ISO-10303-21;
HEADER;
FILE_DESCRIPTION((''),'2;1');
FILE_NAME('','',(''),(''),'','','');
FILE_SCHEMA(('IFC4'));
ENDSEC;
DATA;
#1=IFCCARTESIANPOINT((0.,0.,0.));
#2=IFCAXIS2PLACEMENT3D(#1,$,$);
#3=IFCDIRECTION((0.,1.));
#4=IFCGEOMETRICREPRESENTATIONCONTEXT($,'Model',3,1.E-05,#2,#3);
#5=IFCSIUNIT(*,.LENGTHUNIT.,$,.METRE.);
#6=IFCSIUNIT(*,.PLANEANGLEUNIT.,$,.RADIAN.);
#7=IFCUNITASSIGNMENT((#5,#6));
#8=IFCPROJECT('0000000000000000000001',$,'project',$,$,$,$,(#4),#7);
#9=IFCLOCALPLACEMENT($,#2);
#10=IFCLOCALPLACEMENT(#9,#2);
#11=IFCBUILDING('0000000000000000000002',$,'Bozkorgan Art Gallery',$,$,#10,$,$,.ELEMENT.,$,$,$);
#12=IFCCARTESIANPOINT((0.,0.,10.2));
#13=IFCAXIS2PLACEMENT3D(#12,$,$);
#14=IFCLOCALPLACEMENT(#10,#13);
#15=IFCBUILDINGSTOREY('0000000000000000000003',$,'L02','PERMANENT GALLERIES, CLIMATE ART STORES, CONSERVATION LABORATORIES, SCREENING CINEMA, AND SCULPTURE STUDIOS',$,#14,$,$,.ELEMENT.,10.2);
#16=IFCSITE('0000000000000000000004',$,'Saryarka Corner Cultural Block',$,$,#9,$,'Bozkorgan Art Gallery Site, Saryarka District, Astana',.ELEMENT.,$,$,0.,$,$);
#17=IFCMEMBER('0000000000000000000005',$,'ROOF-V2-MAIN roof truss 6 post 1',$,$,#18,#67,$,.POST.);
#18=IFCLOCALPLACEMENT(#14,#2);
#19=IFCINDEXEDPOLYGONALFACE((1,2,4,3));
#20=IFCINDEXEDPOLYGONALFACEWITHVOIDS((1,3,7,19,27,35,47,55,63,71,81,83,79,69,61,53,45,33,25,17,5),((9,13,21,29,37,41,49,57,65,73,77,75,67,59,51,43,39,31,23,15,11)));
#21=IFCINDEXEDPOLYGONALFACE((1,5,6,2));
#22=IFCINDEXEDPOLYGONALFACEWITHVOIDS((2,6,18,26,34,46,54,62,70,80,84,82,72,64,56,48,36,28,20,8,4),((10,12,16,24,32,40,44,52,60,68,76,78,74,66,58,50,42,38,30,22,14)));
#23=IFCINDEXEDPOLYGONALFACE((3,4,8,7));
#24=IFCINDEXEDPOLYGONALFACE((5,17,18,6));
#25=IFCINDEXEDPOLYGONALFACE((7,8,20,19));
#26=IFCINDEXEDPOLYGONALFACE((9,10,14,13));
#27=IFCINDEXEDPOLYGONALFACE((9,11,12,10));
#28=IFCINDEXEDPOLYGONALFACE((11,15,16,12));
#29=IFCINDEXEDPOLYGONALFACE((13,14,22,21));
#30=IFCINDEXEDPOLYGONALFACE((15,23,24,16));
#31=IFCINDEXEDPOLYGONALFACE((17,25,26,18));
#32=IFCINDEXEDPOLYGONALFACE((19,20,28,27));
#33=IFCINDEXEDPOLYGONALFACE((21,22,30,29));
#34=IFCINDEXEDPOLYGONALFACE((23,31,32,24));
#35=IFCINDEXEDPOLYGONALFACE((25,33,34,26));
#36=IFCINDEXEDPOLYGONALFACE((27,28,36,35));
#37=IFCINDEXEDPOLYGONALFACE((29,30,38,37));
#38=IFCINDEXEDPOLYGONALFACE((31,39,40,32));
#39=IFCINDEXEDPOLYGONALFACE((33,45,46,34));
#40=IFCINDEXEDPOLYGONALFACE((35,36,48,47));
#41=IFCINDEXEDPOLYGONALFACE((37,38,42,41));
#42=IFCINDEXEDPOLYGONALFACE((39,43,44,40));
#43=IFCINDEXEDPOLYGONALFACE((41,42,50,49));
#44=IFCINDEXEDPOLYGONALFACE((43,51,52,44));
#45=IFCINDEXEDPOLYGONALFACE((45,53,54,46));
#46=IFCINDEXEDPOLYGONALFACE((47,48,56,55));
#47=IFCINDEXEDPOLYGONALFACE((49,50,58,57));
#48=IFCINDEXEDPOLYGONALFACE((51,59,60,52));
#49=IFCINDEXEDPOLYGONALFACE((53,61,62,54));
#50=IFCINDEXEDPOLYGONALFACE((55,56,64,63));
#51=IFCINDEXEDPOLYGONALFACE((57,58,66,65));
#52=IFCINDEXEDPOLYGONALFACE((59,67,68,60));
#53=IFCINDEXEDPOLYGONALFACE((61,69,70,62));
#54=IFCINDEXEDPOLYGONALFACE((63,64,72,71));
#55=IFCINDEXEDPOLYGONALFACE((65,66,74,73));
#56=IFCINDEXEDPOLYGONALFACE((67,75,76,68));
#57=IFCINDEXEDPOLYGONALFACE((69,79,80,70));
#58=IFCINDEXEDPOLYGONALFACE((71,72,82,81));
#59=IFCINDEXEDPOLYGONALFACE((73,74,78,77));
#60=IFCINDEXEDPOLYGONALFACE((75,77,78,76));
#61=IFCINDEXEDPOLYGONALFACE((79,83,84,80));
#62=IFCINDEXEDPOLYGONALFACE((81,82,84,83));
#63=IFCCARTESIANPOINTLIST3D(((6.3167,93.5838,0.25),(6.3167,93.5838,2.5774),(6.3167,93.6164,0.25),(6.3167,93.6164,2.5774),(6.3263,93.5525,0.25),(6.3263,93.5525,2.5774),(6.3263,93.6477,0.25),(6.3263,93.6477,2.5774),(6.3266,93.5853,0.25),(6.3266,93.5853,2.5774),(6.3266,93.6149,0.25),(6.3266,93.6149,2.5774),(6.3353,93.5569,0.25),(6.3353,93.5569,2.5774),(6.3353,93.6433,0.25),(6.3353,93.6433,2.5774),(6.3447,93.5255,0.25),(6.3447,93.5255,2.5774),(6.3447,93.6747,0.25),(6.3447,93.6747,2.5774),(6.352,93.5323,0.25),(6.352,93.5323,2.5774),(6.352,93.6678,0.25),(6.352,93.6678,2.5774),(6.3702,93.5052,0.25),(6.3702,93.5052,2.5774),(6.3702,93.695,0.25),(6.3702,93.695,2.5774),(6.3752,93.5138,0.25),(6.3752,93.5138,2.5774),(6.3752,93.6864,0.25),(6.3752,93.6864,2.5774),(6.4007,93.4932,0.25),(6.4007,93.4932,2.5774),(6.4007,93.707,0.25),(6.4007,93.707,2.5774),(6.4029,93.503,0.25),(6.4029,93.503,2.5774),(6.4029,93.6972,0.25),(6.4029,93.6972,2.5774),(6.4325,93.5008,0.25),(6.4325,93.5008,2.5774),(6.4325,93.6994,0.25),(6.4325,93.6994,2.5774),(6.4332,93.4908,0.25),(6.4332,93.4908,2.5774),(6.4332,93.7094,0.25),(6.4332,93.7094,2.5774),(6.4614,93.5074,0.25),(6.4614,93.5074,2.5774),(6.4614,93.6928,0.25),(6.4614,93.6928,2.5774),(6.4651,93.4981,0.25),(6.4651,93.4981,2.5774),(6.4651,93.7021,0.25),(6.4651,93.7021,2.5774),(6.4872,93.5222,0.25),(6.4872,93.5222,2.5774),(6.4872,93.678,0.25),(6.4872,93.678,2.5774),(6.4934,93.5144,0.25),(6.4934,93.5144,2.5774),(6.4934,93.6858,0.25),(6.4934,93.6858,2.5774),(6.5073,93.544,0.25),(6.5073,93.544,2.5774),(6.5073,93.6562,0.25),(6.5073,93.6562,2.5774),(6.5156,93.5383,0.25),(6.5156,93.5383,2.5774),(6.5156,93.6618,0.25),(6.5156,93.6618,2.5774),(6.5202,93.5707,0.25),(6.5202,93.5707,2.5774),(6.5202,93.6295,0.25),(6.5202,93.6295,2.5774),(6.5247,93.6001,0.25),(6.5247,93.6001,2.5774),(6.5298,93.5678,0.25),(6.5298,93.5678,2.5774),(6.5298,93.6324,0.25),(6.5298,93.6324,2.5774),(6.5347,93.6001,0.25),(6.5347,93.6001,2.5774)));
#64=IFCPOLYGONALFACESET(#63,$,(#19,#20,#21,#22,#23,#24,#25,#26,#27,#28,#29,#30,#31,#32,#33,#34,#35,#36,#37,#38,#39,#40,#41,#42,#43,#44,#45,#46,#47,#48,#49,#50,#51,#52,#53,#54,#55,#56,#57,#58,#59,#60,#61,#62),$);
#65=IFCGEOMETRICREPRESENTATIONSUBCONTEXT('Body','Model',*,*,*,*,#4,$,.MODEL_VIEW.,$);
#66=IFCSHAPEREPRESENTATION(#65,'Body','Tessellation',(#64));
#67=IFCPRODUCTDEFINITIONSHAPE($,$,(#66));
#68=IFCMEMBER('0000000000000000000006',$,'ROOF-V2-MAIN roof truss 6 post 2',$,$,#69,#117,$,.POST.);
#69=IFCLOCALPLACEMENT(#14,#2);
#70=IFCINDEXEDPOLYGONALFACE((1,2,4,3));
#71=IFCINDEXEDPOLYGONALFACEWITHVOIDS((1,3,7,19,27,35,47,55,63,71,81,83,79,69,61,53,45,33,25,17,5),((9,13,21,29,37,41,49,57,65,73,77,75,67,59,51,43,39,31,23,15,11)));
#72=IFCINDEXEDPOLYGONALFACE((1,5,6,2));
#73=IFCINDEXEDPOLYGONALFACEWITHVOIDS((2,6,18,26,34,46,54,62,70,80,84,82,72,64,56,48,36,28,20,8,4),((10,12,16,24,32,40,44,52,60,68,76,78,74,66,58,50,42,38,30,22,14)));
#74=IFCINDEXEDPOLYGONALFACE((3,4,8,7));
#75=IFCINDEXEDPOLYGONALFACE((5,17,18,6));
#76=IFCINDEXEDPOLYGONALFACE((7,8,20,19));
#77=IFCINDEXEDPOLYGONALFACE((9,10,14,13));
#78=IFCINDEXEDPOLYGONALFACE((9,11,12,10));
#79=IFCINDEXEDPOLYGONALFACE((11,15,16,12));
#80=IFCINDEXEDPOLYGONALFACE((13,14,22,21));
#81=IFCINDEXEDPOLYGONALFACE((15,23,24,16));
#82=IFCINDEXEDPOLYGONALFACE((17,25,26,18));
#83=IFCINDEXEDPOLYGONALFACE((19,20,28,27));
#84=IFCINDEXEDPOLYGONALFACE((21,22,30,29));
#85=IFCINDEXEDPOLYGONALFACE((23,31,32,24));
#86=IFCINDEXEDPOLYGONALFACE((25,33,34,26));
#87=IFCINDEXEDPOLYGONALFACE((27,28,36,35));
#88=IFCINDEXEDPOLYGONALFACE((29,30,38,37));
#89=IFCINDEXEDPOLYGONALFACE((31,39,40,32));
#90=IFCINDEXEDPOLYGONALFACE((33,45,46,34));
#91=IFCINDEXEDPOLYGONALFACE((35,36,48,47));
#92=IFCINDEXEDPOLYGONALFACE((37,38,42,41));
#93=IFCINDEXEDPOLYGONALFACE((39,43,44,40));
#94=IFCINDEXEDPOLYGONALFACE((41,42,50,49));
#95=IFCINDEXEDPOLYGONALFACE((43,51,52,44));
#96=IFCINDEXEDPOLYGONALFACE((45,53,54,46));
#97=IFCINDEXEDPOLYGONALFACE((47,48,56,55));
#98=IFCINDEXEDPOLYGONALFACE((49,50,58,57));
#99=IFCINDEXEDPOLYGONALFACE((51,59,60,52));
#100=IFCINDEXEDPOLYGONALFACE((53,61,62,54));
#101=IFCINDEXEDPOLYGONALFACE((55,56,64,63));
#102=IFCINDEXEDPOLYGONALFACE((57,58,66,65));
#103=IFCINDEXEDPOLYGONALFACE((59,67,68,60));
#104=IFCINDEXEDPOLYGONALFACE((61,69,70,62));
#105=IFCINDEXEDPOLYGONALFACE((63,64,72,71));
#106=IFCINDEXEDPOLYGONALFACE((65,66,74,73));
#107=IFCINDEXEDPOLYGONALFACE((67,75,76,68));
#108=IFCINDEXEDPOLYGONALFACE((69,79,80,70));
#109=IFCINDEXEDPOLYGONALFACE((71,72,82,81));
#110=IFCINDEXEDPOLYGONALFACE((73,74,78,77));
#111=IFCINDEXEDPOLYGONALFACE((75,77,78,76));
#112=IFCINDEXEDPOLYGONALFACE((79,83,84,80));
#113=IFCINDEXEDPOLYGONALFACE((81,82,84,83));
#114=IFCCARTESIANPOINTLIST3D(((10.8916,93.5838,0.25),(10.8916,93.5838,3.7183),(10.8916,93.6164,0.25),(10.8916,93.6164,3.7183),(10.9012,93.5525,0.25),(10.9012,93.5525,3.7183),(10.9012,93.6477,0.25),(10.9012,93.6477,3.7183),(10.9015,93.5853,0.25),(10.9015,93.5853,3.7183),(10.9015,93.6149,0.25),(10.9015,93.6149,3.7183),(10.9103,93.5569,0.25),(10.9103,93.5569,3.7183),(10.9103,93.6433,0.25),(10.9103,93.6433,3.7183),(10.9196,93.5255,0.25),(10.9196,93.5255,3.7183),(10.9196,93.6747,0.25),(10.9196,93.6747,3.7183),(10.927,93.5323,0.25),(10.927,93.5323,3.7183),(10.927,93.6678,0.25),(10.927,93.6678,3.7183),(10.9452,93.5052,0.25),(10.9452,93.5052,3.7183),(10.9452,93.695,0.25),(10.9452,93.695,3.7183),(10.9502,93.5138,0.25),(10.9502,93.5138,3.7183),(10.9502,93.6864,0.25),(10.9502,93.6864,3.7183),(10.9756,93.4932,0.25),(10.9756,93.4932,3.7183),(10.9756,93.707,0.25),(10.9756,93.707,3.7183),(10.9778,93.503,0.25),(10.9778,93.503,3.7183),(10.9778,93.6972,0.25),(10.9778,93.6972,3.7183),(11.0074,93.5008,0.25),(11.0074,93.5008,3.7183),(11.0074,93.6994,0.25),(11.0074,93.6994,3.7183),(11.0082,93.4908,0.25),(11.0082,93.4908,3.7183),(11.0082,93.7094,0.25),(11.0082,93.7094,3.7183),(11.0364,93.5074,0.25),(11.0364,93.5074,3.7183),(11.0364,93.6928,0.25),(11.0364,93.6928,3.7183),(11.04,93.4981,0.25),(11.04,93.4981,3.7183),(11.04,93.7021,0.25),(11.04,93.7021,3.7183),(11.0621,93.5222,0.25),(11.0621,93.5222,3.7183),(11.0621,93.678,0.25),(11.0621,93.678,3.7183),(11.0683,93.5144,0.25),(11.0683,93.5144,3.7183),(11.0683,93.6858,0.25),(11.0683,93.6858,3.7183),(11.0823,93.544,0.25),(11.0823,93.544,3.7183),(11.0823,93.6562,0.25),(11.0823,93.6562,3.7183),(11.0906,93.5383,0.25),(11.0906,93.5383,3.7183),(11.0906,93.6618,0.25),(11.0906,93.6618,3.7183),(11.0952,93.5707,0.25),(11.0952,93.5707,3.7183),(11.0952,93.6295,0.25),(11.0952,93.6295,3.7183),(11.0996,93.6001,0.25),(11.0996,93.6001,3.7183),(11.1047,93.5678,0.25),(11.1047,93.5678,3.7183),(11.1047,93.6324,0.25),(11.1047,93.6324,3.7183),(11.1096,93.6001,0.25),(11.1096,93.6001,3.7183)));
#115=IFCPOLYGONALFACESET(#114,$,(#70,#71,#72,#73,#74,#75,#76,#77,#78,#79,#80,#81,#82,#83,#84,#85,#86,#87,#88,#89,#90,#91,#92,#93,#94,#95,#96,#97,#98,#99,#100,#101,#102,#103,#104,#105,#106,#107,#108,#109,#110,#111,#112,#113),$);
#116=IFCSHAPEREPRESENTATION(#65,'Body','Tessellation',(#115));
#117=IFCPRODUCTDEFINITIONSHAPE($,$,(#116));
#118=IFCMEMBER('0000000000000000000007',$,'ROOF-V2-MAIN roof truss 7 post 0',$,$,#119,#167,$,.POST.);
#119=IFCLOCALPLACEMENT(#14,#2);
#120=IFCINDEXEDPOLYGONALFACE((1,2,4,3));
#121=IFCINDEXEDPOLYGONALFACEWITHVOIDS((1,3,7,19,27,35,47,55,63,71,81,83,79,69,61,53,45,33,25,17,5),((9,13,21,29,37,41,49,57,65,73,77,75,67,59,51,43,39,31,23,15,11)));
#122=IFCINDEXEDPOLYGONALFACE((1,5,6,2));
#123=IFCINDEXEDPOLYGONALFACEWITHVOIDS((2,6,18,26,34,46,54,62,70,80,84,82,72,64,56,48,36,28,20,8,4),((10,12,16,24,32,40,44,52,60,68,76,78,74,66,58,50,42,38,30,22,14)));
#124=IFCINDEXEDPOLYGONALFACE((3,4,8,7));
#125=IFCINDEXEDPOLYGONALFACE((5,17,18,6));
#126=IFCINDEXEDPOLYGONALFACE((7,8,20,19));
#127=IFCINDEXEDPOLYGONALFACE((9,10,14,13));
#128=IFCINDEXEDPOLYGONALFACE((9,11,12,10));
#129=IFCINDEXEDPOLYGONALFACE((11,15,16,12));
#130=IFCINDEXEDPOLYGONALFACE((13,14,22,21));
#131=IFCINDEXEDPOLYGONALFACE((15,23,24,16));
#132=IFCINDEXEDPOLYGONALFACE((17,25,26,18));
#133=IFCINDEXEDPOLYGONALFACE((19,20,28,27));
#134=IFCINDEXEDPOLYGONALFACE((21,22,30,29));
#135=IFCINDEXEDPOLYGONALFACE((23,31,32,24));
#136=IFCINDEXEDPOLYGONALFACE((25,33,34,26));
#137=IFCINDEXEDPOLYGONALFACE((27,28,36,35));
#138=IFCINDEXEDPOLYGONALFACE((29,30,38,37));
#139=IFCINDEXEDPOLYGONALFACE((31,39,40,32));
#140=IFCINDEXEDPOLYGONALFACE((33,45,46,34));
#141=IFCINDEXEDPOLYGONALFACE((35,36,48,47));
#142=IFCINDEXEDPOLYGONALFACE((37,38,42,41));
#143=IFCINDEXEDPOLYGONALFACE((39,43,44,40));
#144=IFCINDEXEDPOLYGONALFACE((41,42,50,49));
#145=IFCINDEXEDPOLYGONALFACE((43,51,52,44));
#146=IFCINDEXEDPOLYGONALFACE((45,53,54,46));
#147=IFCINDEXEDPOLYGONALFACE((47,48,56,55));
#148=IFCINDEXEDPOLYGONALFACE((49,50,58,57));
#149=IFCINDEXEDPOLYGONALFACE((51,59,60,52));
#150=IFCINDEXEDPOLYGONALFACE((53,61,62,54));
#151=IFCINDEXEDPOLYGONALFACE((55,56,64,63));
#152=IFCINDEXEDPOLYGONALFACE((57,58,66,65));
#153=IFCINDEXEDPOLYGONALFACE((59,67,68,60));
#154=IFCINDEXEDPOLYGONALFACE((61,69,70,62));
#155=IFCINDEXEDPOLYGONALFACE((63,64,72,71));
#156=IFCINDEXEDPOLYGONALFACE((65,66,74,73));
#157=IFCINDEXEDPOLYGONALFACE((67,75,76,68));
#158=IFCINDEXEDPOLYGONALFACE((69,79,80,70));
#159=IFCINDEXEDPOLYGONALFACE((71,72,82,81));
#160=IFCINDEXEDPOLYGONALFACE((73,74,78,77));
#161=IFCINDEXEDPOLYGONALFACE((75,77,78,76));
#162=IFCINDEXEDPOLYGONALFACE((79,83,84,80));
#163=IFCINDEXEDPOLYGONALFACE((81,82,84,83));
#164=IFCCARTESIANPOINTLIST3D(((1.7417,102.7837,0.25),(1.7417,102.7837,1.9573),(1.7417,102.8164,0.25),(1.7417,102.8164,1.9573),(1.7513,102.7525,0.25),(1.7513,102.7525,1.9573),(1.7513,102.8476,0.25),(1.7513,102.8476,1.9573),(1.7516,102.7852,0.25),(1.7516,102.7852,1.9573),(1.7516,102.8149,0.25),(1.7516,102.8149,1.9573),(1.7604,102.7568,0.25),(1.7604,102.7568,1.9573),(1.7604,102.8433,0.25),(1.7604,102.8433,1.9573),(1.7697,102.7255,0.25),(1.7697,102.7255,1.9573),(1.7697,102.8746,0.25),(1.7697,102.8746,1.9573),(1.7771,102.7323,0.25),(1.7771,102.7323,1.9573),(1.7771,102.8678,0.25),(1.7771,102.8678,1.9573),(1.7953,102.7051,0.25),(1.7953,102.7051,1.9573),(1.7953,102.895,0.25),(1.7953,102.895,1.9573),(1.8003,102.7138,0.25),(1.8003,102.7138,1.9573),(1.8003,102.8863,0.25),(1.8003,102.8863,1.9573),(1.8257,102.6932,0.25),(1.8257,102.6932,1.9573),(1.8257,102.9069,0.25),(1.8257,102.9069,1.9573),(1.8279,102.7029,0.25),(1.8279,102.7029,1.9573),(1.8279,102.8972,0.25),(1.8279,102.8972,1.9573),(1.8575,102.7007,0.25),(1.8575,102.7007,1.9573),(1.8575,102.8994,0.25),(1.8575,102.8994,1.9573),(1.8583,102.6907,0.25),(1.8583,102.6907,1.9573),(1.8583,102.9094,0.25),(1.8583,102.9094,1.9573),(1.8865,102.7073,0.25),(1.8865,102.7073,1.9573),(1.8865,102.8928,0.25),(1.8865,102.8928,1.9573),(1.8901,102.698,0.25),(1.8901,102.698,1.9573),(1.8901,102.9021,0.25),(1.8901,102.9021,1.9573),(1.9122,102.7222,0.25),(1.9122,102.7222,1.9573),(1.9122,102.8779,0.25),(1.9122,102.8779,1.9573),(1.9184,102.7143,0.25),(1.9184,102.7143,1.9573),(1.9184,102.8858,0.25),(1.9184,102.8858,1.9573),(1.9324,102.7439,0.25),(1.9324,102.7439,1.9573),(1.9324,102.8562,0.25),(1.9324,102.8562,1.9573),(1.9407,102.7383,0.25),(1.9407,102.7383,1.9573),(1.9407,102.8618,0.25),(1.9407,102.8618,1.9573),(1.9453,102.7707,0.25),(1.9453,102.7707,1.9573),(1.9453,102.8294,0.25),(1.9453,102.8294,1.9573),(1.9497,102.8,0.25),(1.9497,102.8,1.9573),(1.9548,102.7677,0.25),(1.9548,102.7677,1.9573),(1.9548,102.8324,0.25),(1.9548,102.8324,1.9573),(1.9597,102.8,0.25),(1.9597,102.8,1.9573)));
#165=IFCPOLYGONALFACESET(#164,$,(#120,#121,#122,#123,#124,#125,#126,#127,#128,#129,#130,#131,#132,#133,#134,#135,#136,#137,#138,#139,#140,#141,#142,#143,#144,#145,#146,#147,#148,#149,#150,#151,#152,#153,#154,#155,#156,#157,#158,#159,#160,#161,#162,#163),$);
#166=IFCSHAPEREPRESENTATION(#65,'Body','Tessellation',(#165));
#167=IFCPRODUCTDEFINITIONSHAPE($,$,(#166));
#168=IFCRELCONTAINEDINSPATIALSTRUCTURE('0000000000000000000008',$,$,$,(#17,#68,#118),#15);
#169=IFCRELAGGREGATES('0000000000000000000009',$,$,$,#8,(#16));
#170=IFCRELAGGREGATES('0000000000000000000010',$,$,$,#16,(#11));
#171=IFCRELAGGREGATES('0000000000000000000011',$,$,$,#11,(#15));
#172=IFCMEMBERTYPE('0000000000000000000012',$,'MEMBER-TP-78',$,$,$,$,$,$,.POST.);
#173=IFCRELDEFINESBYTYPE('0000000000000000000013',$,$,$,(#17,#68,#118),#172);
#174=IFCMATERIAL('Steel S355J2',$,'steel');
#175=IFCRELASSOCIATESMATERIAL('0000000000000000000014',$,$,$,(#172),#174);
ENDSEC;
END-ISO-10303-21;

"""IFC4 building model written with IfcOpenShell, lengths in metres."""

from ifc_helpers import new_model, si_unit, direction, frame, origin, origin_2d, place, context, subcontext, project, spatial, hollow_circle, extrude, material, material_profile, profile_set, type_object, element, save


model = new_model("IFC4")

# Units and contexts
model_context = context("Model", 3, precision=1e-05, world=origin(), true_north=direction((0.0, 1.0)))
body_context = subcontext(model_context, "Body", "Model", "MODEL_VIEW")
ifc_project = project(units=[si_unit("LENGTHUNIT", "METRE"), si_unit("PLANEANGLEUNIT", "RADIAN")], contexts=[model_context])

# Site, building, storey
site_placement = place(None, origin())
site = spatial("IfcSite", under=ifc_project, at=site_placement, Name="Saryarka Corner Cultural Block", LongName="Bozkorgan Art Gallery Site, Saryarka District, Astana", CompositionType="ELEMENT", RefElevation=0.0)
building_placement = place(site_placement, origin())
building = spatial("IfcBuilding", under=site, at=building_placement, Name="Bozkorgan Art Gallery", CompositionType="ELEMENT")
storey_placement = place(building_placement, frame((0.0, 0.0, 10.2)))
storey = spatial("IfcBuildingStorey", under=building, at=storey_placement, Name="L02", Description="PERMANENT GALLERIES, CLIMATE ART STORES, CONSERVATION LABORATORIES, SCREENING CINEMA, AND SCULPTURE STUDIOS", CompositionType="ELEMENT", Elevation=10.2)

# Shared definitions
ifc_material_1 = material(Name="Steel S355J2", Category="steel")

# Members
ifc_material_profile_1 = material_profile(ifc_material_1, hollow_circle(Radius=0.1096, WallThickness=0.01, at=origin_2d()), Name="CHS 219.1x10")
ifc_profile_set_1 = profile_set([ifc_material_profile_1], Name="Steel S355J2")
member_type_1 = type_object("IfcMemberType", Name="MEMBER-TP-78", PredefinedType="POST", material=ifc_profile_set_1)
member_1_placement = place(storey_placement, frame((6.425, 93.6001, 0.25), z_axis=(0.0, 0.0, 1.0), x_axis=(1.0, 0.0, 0.0)))
element("IfcMember", 1, at=member_1_placement, inside=storey, type_object=member_type_1, Name="ROOF-V2-MAIN roof truss 6 post 1", PredefinedType="POST", context=body_context, shape_type="SweptSolid", body=[
    extrude(hollow_circle(Radius=0.1096, WallThickness=0.01, at=origin_2d()), origin(), (0.0, 0.0, 1.0), 2.3274),
])
member_2_placement = place(storey_placement, frame((11.0, 93.6001, 0.25), z_axis=(0.0, 0.0, 1.0), x_axis=(1.0, 0.0, 0.0)))
element("IfcMember", 2, at=member_2_placement, inside=storey, type_object=member_type_1, Name="ROOF-V2-MAIN roof truss 6 post 2", PredefinedType="POST", context=body_context, shape_type="SweptSolid", body=[
    extrude(hollow_circle(Radius=0.1096, WallThickness=0.01, at=origin_2d()), origin(), (0.0, 0.0, 1.0), 3.4683),
])
member_3_placement = place(storey_placement, frame((1.8501, 102.8, 0.25), z_axis=(0.0, 0.0, 1.0), x_axis=(1.0, 0.0, 0.0)))
element("IfcMember", 3, at=member_3_placement, inside=storey, type_object=member_type_1, Name="ROOF-V2-MAIN roof truss 7 post 0", PredefinedType="POST", context=body_context, shape_type="SweptSolid", body=[
    extrude(hollow_circle(Radius=0.1096, WallThickness=0.01, at=origin_2d()), origin(), (0.0, 0.0, 1.0), 1.7073),
])

save(model, "model.ifc")
